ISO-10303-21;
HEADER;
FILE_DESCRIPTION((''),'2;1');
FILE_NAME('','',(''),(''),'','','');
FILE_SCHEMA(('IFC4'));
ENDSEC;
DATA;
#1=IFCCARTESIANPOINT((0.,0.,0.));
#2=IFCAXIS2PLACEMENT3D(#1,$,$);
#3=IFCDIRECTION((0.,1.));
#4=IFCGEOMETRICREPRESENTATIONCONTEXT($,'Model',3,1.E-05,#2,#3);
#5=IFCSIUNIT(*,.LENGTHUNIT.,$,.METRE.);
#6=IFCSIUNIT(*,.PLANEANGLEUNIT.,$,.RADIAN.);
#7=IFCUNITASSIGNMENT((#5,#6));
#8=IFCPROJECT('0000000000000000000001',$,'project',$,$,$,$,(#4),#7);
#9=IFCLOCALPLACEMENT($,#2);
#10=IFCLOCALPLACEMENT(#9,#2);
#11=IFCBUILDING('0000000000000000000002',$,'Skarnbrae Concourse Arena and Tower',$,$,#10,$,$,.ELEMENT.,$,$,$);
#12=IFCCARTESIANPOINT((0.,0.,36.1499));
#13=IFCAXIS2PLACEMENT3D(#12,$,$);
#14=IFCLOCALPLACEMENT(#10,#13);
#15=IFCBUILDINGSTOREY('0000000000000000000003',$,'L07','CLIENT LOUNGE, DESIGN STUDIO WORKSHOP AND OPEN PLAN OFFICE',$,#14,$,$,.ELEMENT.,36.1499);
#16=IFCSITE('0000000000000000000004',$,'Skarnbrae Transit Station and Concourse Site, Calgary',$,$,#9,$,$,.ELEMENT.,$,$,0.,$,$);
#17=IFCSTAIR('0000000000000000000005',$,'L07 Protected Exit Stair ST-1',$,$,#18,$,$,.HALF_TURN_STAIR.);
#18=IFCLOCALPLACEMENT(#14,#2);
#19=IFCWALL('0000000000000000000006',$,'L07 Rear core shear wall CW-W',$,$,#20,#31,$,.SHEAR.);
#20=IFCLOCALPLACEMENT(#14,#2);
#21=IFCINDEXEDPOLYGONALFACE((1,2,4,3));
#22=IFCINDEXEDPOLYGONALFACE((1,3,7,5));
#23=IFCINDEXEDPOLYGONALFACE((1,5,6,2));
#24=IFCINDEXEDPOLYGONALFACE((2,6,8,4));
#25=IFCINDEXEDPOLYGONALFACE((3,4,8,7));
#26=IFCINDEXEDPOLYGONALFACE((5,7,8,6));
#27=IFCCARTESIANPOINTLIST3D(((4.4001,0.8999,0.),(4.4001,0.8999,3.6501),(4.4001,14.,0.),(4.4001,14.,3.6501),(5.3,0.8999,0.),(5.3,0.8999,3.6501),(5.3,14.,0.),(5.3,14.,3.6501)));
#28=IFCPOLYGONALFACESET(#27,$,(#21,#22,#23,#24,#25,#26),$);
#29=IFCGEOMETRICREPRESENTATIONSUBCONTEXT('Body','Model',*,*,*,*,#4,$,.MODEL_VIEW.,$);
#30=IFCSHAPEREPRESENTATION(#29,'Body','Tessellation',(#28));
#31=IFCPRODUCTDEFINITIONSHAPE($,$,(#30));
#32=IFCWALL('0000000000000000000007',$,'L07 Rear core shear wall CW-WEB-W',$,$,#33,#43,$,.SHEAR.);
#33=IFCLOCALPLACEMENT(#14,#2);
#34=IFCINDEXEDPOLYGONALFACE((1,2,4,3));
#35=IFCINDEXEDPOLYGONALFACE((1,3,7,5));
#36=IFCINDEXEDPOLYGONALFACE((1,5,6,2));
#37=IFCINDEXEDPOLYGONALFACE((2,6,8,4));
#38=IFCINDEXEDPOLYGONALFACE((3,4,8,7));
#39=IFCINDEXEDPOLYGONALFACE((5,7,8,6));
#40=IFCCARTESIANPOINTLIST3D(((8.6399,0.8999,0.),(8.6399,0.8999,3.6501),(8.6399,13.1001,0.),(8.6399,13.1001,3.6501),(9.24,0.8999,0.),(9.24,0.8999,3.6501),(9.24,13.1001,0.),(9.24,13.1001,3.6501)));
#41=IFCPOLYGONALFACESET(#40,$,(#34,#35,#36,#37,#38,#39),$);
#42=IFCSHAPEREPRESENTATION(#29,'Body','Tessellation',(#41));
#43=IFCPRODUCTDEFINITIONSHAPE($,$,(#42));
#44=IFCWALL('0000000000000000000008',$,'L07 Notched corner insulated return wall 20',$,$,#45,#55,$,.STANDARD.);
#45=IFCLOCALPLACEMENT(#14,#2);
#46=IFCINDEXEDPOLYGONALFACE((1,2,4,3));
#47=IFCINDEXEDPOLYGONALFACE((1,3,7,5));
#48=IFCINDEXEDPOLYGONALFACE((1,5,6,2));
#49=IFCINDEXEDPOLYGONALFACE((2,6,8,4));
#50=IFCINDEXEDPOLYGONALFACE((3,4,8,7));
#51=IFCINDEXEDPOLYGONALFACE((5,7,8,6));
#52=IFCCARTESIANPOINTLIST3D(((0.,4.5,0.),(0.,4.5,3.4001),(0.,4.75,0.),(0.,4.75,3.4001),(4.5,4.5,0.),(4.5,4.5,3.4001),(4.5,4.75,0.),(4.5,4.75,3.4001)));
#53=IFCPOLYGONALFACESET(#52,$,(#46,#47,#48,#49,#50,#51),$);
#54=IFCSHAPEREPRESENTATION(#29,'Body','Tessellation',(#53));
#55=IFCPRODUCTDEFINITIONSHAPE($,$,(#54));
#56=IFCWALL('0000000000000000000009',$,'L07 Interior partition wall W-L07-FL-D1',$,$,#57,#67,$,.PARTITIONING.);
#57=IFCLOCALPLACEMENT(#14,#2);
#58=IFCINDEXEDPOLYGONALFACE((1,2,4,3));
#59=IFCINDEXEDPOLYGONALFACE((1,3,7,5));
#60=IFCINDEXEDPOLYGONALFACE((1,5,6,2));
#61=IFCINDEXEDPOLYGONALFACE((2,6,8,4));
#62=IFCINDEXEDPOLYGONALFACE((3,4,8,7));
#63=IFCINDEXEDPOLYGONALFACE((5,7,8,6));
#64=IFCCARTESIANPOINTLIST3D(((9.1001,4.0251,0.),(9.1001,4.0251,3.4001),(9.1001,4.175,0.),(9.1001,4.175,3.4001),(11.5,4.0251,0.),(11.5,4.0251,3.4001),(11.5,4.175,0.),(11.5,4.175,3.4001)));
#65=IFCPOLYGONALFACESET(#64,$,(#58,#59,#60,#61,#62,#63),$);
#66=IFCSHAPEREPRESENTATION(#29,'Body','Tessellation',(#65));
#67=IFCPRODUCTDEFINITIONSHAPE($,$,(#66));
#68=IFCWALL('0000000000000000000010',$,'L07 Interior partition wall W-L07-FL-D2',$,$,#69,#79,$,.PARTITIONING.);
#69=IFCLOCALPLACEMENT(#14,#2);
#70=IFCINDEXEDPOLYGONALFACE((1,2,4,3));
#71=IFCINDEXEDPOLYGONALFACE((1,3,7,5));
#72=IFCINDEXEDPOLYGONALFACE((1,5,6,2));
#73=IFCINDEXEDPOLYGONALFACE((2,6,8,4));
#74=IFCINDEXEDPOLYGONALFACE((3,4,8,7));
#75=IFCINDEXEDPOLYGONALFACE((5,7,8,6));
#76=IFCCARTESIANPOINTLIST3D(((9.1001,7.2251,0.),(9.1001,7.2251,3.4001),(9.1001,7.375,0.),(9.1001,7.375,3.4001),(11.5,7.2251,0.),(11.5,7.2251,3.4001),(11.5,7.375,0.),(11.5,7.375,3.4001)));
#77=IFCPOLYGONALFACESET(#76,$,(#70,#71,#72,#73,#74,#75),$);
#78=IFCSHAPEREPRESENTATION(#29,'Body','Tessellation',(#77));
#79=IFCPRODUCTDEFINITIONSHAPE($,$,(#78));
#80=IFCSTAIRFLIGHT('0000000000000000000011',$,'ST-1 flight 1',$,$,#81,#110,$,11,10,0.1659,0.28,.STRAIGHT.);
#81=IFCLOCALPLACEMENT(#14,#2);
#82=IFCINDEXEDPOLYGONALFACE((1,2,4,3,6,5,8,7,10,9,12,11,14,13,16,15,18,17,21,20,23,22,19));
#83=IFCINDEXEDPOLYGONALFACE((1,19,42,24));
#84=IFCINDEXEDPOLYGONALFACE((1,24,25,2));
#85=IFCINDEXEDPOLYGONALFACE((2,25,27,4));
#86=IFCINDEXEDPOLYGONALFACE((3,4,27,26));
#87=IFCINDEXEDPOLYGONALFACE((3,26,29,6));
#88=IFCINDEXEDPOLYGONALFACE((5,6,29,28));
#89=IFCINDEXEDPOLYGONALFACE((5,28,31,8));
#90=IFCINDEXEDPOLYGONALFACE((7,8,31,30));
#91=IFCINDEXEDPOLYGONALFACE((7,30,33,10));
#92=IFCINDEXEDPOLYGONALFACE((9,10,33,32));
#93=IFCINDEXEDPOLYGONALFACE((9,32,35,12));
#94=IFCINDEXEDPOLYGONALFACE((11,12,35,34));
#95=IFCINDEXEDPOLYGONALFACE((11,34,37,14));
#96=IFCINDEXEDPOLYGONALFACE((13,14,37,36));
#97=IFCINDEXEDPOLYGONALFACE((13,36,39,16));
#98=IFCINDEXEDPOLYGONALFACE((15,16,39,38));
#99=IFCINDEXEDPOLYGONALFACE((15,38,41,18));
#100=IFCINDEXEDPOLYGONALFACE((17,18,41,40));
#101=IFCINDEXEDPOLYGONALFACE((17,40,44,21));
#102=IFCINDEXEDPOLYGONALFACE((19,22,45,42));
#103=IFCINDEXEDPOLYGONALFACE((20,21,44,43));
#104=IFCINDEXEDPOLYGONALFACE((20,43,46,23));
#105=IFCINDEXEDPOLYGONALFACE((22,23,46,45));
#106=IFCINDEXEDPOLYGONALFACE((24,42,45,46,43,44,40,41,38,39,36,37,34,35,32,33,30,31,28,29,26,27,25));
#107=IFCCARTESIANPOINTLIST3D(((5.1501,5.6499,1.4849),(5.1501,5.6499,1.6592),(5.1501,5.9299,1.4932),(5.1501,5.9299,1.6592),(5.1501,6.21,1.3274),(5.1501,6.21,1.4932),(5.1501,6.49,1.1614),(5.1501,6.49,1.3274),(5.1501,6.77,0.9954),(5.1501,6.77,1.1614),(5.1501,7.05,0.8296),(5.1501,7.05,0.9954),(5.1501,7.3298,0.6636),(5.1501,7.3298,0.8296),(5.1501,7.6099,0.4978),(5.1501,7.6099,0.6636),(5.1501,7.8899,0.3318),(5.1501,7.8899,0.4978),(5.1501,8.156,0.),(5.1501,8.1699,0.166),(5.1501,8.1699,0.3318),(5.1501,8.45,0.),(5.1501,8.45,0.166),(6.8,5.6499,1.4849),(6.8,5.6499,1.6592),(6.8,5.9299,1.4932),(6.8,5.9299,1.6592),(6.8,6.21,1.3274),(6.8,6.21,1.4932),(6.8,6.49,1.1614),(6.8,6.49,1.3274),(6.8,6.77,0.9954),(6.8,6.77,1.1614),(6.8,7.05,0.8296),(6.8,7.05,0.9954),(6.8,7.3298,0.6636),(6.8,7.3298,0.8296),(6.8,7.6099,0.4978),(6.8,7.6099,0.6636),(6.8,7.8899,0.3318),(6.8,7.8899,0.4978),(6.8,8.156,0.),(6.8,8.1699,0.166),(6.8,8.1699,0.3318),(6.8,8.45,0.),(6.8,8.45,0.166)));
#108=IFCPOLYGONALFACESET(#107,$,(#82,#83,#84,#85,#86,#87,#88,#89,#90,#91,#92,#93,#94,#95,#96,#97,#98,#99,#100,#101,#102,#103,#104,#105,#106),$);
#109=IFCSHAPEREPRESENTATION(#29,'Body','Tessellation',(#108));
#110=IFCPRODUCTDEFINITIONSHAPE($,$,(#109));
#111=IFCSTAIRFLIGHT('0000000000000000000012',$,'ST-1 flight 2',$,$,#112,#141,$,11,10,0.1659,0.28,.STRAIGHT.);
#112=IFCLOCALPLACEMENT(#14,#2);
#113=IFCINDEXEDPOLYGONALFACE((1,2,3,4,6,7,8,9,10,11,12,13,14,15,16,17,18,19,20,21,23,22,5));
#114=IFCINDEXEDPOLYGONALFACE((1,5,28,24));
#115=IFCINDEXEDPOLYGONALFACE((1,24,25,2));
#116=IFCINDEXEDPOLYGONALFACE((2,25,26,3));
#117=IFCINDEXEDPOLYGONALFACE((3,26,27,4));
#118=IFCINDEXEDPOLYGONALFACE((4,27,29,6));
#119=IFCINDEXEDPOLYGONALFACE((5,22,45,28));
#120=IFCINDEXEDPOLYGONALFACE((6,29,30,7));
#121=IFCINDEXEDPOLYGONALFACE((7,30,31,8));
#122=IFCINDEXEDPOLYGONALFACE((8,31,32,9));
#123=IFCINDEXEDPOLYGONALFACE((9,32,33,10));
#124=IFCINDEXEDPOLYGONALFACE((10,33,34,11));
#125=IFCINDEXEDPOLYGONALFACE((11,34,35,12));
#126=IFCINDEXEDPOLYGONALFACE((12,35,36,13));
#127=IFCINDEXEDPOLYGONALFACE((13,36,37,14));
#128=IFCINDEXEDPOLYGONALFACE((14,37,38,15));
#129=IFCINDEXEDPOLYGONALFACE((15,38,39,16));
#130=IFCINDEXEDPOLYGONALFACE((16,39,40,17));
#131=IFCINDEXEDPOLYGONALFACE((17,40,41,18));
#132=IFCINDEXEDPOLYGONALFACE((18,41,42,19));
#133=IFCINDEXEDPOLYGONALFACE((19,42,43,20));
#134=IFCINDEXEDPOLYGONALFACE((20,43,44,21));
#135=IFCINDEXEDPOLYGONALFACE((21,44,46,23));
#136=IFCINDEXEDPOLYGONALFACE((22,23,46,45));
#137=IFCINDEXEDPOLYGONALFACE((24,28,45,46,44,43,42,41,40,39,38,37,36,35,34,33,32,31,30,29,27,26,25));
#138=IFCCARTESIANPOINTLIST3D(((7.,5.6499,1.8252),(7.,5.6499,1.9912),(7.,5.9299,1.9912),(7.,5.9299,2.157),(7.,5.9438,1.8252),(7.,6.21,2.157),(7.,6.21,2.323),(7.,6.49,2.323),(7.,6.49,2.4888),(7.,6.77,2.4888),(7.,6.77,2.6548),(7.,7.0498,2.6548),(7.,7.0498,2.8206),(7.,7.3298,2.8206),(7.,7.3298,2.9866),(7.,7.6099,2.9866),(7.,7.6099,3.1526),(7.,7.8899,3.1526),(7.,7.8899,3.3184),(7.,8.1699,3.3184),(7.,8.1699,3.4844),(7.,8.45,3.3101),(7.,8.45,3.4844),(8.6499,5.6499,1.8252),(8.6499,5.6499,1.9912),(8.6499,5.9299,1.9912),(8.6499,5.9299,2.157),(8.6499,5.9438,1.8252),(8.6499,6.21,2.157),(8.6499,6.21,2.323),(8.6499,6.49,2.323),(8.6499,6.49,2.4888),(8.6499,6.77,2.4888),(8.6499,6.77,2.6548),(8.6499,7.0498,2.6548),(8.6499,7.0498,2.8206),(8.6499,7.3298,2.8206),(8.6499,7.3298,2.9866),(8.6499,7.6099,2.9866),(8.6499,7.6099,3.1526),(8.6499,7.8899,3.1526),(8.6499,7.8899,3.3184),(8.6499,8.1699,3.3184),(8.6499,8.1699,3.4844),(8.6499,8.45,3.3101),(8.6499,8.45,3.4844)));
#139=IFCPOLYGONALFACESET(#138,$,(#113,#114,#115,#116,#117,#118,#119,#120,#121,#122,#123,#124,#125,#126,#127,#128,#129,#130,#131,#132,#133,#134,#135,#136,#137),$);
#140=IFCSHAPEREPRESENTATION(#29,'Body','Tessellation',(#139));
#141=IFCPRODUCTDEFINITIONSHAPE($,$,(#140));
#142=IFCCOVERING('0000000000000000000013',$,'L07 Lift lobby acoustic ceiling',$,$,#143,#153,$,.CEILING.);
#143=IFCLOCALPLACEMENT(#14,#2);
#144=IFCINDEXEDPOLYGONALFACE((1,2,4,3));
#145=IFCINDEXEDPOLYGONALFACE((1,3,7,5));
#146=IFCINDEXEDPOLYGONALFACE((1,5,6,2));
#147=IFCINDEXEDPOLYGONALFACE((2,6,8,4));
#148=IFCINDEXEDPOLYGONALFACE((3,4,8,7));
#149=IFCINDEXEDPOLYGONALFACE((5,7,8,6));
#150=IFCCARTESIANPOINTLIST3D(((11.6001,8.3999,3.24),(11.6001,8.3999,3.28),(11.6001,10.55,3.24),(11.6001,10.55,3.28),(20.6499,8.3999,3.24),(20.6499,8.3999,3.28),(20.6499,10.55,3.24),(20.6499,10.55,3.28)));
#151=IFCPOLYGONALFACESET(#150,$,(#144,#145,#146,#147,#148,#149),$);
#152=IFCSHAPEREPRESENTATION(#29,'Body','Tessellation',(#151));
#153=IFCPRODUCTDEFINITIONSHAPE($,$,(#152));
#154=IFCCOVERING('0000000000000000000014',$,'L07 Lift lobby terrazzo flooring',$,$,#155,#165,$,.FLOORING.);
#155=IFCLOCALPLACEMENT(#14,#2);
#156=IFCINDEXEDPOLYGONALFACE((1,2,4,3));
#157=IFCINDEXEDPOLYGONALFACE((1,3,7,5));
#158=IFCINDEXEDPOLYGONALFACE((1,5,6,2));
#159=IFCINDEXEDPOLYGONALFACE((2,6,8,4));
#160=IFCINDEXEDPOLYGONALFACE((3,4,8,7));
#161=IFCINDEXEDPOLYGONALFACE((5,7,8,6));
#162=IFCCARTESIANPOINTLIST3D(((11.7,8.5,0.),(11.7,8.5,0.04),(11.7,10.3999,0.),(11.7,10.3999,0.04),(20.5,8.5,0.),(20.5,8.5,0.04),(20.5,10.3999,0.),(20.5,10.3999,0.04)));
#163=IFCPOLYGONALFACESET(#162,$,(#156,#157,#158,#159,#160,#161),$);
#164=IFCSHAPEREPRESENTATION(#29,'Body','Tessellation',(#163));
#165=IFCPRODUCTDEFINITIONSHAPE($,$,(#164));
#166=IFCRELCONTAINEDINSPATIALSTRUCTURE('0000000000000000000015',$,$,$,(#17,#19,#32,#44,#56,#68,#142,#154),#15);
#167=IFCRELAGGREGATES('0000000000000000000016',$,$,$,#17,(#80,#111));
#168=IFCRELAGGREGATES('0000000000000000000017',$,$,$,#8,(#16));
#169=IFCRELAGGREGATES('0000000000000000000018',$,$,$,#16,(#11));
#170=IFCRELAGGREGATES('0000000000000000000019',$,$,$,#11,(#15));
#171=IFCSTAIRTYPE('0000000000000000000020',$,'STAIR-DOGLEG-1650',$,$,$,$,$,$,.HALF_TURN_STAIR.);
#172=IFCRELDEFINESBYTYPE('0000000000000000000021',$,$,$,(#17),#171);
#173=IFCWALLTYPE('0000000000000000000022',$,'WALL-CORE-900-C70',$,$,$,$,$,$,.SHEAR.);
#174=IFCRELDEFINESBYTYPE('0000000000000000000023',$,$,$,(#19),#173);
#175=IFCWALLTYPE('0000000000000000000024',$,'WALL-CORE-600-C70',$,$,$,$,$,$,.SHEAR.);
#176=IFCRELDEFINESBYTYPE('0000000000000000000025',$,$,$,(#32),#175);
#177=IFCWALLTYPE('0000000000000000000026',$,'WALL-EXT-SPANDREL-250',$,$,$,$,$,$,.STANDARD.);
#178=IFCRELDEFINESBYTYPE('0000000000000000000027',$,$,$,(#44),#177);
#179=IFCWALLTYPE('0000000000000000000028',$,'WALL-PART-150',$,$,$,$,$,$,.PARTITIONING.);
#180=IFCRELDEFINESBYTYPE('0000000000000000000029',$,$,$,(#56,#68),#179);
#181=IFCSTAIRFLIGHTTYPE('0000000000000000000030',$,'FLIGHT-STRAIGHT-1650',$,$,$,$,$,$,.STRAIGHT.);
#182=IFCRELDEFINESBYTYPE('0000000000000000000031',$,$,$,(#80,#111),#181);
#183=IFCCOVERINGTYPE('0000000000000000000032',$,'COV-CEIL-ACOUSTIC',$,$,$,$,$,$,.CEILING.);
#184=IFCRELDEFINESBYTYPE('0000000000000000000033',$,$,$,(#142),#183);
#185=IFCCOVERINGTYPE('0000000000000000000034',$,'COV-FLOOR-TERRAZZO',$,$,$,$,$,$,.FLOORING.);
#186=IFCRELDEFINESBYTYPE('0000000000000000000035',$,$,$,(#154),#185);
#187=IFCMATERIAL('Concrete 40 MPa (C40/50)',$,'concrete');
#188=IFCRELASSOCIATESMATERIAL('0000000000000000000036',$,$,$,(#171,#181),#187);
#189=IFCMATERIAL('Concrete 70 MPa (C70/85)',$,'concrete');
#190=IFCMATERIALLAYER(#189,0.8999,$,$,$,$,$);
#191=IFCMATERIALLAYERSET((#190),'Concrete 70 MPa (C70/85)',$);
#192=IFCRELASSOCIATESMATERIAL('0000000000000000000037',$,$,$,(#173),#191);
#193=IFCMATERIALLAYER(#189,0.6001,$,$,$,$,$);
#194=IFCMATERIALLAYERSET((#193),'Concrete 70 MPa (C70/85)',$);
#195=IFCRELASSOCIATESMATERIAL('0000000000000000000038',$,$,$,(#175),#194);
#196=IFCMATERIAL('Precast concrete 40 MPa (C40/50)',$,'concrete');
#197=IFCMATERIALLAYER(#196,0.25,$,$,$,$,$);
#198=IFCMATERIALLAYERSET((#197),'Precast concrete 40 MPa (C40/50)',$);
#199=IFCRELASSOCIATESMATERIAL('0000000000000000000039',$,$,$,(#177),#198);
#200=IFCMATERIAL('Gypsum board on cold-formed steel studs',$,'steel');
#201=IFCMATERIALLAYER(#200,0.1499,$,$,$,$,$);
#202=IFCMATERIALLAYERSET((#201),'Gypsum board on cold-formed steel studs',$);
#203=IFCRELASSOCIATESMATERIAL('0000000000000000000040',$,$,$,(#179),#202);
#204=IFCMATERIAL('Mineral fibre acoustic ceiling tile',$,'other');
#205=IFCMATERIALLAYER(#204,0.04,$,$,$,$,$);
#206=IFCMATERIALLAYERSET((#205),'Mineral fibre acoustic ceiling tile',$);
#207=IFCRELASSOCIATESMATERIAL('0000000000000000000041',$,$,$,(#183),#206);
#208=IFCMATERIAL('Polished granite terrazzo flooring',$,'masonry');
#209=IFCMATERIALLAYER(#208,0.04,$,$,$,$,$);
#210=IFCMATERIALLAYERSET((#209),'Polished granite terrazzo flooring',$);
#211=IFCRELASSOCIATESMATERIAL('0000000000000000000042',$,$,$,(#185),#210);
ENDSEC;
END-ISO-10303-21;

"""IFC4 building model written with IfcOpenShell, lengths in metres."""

from ifc_helpers import new_model, si_unit, direction, frame, frame_2d, origin, place, context, subcontext, project, spatial, polyline, rectangle, outline, extrude, source, transform, mapped, material, layer, layer_set, type_object, element, aggregate, save


model = new_model("IFC4")

# Units and contexts
model_context = context("Model", 3, precision=1e-05, world=origin(), true_north=direction((0.0, 1.0)))
body_context = subcontext(model_context, "Body", "Model", "MODEL_VIEW")
ifc_project = project(units=[si_unit("LENGTHUNIT", "METRE"), si_unit("PLANEANGLEUNIT", "RADIAN")], contexts=[model_context])

# Site, building, storey
site_placement = place(None, origin())
site = spatial("IfcSite", under=ifc_project, at=site_placement, Name="Skarnbrae Transit Station and Concourse Site, Calgary", CompositionType="ELEMENT", RefElevation=0.0)
building_placement = place(site_placement, origin())
building = spatial("IfcBuilding", under=site, at=building_placement, Name="Skarnbrae Concourse Arena and Tower", CompositionType="ELEMENT")
storey_placement = place(building_placement, frame((0.0, 0.0, 36.1499)))
storey = spatial("IfcBuildingStorey", under=building, at=storey_placement, Name="L07", Description="CLIENT LOUNGE, DESIGN STUDIO WORKSHOP AND OPEN PLAN OFFICE", CompositionType="ELEMENT", Elevation=36.1499)

# Stair
ifc_material_1 = material(Name="Concrete 40 MPa (C40/50)", Category="concrete")
stair_type = type_object("IfcStairType", Name="STAIR-DOGLEG-1650", PredefinedType="HALF_TURN_STAIR", material=ifc_material_1)
stair_1_placement = place(storey_placement, origin())
stair_1 = element("IfcStair", 1, at=stair_1_placement, inside=storey, type_object=stair_type, Name="L07 Protected Exit Stair ST-1", PredefinedType="HALF_TURN_STAIR")

# Walls
ifc_material_2 = material(Name="Concrete 70 MPa (C70/85)", Category="concrete")
ifc_layer_1 = layer(ifc_material_2, 0.8999)
ifc_layer_set_1 = layer_set([ifc_layer_1], Name="Concrete 70 MPa (C70/85)")
wall_type_1 = type_object("IfcWallType", Name="WALL-CORE-900-C70", PredefinedType="SHEAR", material=ifc_layer_set_1)
shared_shape_1 = source(origin(), body_context, "Body", "SweptSolid", [
    extrude(rectangle(XDim=13.1001, YDim=0.8999, at=frame_2d((6.55, 0.0))), origin(), (0.0, 0.0, 1.0), 3.6501),
])
wall_1_placement = place(storey_placement, frame((4.8501, 0.8999, 0.0), z_axis=(0.0, 0.0, 1.0), x_axis=(0.0, 1.0, 0.0)))
element("IfcWall", 2, at=wall_1_placement, inside=storey, type_object=wall_type_1, Name="L07 Rear core shear wall CW-W", PredefinedType="SHEAR", context=body_context, shape_type="MappedRepresentation", body=[
    mapped(shared_shape_1, transform((0.0, 0.0, 0.0))),
])
ifc_layer_2 = layer(ifc_material_2, 0.6001)
ifc_layer_set_2 = layer_set([ifc_layer_2], Name="Concrete 70 MPa (C70/85)")
wall_type_2 = type_object("IfcWallType", Name="WALL-CORE-600-C70", PredefinedType="SHEAR", material=ifc_layer_set_2)
shared_shape_2 = source(origin(), body_context, "Body", "SweptSolid", [
    extrude(rectangle(XDim=12.2002, YDim=0.6001, at=frame_2d((6.1001, 0.0))), origin(), (0.0, 0.0, 1.0), 3.6501),
])
wall_2_placement = place(storey_placement, frame((8.9399, 0.8999, 0.0), z_axis=(0.0, 0.0, 1.0), x_axis=(0.0, 1.0, 0.0)))
element("IfcWall", 3, at=wall_2_placement, inside=storey, type_object=wall_type_2, Name="L07 Rear core shear wall CW-WEB-W", PredefinedType="SHEAR", context=body_context, shape_type="MappedRepresentation", body=[
    mapped(shared_shape_2, transform((0.0, 0.0, 0.0))),
])

# Walls
ifc_material_3 = material(Name="Precast concrete 40 MPa (C40/50)", Category="concrete")
ifc_layer_3 = layer(ifc_material_3, 0.25)
ifc_layer_set_3 = layer_set([ifc_layer_3], Name="Precast concrete 40 MPa (C40/50)")
wall_type_3 = type_object("IfcWallType", Name="WALL-EXT-SPANDREL-250", PredefinedType="STANDARD", material=ifc_layer_set_3)
shared_shape_3 = source(origin(), body_context, "Body", "SweptSolid", [
    extrude(rectangle(XDim=4.5, YDim=0.25, at=frame_2d((2.25, 0.0))), origin(), (0.0, 0.0, 1.0), 3.4001),
])
wall_3_placement = place(storey_placement, frame((0.0, 4.625, 0.0), z_axis=(0.0, 0.0, 1.0), x_axis=(1.0, 0.0, 0.0)))
element("IfcWall", 4, at=wall_3_placement, inside=storey, type_object=wall_type_3, Name="L07 Notched corner insulated return wall 20", PredefinedType="STANDARD", context=body_context, shape_type="MappedRepresentation", body=[
    mapped(shared_shape_3, transform((0.0, 0.0, 0.0))),
])
ifc_material_4 = material(Name="Gypsum board on cold-formed steel studs", Category="steel")
ifc_layer_4 = layer(ifc_material_4, 0.1499)
ifc_layer_set_4 = layer_set([ifc_layer_4], Name="Gypsum board on cold-formed steel studs")
wall_type_4 = type_object("IfcWallType", Name="WALL-PART-150", PredefinedType="PARTITIONING", material=ifc_layer_set_4)
shared_shape_4 = source(origin(), body_context, "Body", "SweptSolid", [
    extrude(rectangle(XDim=2.3999, YDim=0.1499, at=frame_2d((1.2, 0.0))), origin(), (0.0, 0.0, 1.0), 3.4001),
])
for number, where, z_axis, x_axis, name in (
    (5, (9.1001, 4.1001, 0.0), (0.0, 0.0, 1.0), (1.0, 0.0, 0.0), "L07 Interior partition wall W-L07-FL-D1"),
    (6, (9.1001, 7.3, 0.0), (0.0, 0.0, 1.0), (1.0, 0.0, 0.0), "L07 Interior partition wall W-L07-FL-D2"),
):
    element("IfcWall", number, at=place(storey_placement, frame(where, z_axis=z_axis, x_axis=x_axis)), inside=storey, type_object=wall_type_4, Name=name, PredefinedType="PARTITIONING", context=body_context, shape_type="MappedRepresentation", body=[
        mapped(shared_shape_4, transform((0.0, 0.0, 0.0))),
    ])

# Stair flights
stair_flight_type = type_object("IfcStairFlightType", Name="FLIGHT-STRAIGHT-1650", PredefinedType="STRAIGHT", material=ifc_material_1)
shared_shape_5 = source(origin(), body_context, "Body", "SweptSolid", [
    extrude(outline(polyline([(0.0, 0.0), (0.0, 0.166), (0.28, 0.166), (0.28, 0.3318), (0.5601, 0.3318), (0.5601, 0.4978), (0.8401, 0.4978), (0.8401, 0.6636), (1.1201, 0.6636), (1.1201, 0.8296), (1.3999, 0.8296), (1.3999, 0.9954), (1.6799, 0.9954), (1.6799, 1.1614), (1.96, 1.1614), (1.96, 1.3274), (2.24, 1.3274), (2.24, 1.4932), (2.52, 1.4932), (2.52, 1.6592), (2.8, 1.6592), (2.8, 1.825), (2.8, 1.4849), (0.2939, 0.0), (0.0, 0.0)])), frame((0.0, 0.825, 0.0), z_axis=(0.0, -1.0, 0.0), x_axis=(1.0, 0.0, 0.0)), (0.0, 0.0, 1.0), 1.6499),
])
stair_flight_1_placement = place(storey_placement, frame((5.9751, 8.45, 0.0), z_axis=(0.0, 0.0, 1.0), x_axis=(0.0, -1.0, 0.0)))
stair_flight_1 = element("IfcStairFlight", 7, at=stair_flight_1_placement, type_object=stair_flight_type, Name="ST-1 flight 1", NumberOfRisers=11, NumberOfTreads=10, PredefinedType="STRAIGHT", RiserHeight=0.1659, TreadLength=0.28, context=body_context, shape_type="MappedRepresentation", body=[
    mapped(shared_shape_5, transform((0.0, 0.0, 0.0))),
])
stair_flight_2_placement = place(storey_placement, frame((7.825, 5.6499, 1.8252), z_axis=(0.0, 0.0, 1.0), x_axis=(0.0, 1.0, 0.0)))
stair_flight_2 = element("IfcStairFlight", 8, at=stair_flight_2_placement, type_object=stair_flight_type, Name="ST-1 flight 2", NumberOfRisers=11, NumberOfTreads=10, PredefinedType="STRAIGHT", RiserHeight=0.1659, TreadLength=0.28, context=body_context, shape_type="MappedRepresentation", body=[
    mapped(shared_shape_5, transform((0.0, 0.0, 0.0))),
])
aggregate(stair_1, [stair_flight_1, stair_flight_2])

# Coverings
ifc_material_5 = material(Name="Mineral fibre acoustic ceiling tile", Category="other")
ifc_layer_5 = layer(ifc_material_5, 0.04)
ifc_layer_set_5 = layer_set([ifc_layer_5], Name="Mineral fibre acoustic ceiling tile")
covering_type_1 = type_object("IfcCoveringType", Name="COV-CEIL-ACOUSTIC", PredefinedType="CEILING", material=ifc_layer_set_5)
covering_1_placement = place(storey_placement, frame((0.0, 0.0, 3.24)))
element("IfcCovering", 9, at=covering_1_placement, inside=storey, type_object=covering_type_1, Name="L07 Lift lobby acoustic ceiling", PredefinedType="CEILING", context=body_context, shape_type="SweptSolid", body=[
    extrude(outline(polyline([(11.6001, 8.3999), (20.6499, 8.3999), (20.6499, 10.55), (11.6001, 10.55), (11.6001, 8.3999)])), origin(), (0.0, 0.0, 1.0), 0.04),
])
ifc_material_6 = material(Name="Polished granite terrazzo flooring", Category="masonry")
ifc_layer_6 = layer(ifc_material_6, 0.04)
ifc_layer_set_6 = layer_set([ifc_layer_6], Name="Polished granite terrazzo flooring")
covering_type_2 = type_object("IfcCoveringType", Name="COV-FLOOR-TERRAZZO", PredefinedType="FLOORING", material=ifc_layer_set_6)
covering_2_placement = place(storey_placement, origin())
element("IfcCovering", 10, at=covering_2_placement, inside=storey, type_object=covering_type_2, Name="L07 Lift lobby terrazzo flooring", PredefinedType="FLOORING", context=body_context, shape_type="SweptSolid", body=[
    extrude(outline(polyline([(11.7, 8.5), (20.5, 8.5), (20.5, 10.3999), (11.7, 10.3999), (11.7, 8.5)])), origin(), (0.0, 0.0, 1.0), 0.04),
])

save(model, "model.ifc")
